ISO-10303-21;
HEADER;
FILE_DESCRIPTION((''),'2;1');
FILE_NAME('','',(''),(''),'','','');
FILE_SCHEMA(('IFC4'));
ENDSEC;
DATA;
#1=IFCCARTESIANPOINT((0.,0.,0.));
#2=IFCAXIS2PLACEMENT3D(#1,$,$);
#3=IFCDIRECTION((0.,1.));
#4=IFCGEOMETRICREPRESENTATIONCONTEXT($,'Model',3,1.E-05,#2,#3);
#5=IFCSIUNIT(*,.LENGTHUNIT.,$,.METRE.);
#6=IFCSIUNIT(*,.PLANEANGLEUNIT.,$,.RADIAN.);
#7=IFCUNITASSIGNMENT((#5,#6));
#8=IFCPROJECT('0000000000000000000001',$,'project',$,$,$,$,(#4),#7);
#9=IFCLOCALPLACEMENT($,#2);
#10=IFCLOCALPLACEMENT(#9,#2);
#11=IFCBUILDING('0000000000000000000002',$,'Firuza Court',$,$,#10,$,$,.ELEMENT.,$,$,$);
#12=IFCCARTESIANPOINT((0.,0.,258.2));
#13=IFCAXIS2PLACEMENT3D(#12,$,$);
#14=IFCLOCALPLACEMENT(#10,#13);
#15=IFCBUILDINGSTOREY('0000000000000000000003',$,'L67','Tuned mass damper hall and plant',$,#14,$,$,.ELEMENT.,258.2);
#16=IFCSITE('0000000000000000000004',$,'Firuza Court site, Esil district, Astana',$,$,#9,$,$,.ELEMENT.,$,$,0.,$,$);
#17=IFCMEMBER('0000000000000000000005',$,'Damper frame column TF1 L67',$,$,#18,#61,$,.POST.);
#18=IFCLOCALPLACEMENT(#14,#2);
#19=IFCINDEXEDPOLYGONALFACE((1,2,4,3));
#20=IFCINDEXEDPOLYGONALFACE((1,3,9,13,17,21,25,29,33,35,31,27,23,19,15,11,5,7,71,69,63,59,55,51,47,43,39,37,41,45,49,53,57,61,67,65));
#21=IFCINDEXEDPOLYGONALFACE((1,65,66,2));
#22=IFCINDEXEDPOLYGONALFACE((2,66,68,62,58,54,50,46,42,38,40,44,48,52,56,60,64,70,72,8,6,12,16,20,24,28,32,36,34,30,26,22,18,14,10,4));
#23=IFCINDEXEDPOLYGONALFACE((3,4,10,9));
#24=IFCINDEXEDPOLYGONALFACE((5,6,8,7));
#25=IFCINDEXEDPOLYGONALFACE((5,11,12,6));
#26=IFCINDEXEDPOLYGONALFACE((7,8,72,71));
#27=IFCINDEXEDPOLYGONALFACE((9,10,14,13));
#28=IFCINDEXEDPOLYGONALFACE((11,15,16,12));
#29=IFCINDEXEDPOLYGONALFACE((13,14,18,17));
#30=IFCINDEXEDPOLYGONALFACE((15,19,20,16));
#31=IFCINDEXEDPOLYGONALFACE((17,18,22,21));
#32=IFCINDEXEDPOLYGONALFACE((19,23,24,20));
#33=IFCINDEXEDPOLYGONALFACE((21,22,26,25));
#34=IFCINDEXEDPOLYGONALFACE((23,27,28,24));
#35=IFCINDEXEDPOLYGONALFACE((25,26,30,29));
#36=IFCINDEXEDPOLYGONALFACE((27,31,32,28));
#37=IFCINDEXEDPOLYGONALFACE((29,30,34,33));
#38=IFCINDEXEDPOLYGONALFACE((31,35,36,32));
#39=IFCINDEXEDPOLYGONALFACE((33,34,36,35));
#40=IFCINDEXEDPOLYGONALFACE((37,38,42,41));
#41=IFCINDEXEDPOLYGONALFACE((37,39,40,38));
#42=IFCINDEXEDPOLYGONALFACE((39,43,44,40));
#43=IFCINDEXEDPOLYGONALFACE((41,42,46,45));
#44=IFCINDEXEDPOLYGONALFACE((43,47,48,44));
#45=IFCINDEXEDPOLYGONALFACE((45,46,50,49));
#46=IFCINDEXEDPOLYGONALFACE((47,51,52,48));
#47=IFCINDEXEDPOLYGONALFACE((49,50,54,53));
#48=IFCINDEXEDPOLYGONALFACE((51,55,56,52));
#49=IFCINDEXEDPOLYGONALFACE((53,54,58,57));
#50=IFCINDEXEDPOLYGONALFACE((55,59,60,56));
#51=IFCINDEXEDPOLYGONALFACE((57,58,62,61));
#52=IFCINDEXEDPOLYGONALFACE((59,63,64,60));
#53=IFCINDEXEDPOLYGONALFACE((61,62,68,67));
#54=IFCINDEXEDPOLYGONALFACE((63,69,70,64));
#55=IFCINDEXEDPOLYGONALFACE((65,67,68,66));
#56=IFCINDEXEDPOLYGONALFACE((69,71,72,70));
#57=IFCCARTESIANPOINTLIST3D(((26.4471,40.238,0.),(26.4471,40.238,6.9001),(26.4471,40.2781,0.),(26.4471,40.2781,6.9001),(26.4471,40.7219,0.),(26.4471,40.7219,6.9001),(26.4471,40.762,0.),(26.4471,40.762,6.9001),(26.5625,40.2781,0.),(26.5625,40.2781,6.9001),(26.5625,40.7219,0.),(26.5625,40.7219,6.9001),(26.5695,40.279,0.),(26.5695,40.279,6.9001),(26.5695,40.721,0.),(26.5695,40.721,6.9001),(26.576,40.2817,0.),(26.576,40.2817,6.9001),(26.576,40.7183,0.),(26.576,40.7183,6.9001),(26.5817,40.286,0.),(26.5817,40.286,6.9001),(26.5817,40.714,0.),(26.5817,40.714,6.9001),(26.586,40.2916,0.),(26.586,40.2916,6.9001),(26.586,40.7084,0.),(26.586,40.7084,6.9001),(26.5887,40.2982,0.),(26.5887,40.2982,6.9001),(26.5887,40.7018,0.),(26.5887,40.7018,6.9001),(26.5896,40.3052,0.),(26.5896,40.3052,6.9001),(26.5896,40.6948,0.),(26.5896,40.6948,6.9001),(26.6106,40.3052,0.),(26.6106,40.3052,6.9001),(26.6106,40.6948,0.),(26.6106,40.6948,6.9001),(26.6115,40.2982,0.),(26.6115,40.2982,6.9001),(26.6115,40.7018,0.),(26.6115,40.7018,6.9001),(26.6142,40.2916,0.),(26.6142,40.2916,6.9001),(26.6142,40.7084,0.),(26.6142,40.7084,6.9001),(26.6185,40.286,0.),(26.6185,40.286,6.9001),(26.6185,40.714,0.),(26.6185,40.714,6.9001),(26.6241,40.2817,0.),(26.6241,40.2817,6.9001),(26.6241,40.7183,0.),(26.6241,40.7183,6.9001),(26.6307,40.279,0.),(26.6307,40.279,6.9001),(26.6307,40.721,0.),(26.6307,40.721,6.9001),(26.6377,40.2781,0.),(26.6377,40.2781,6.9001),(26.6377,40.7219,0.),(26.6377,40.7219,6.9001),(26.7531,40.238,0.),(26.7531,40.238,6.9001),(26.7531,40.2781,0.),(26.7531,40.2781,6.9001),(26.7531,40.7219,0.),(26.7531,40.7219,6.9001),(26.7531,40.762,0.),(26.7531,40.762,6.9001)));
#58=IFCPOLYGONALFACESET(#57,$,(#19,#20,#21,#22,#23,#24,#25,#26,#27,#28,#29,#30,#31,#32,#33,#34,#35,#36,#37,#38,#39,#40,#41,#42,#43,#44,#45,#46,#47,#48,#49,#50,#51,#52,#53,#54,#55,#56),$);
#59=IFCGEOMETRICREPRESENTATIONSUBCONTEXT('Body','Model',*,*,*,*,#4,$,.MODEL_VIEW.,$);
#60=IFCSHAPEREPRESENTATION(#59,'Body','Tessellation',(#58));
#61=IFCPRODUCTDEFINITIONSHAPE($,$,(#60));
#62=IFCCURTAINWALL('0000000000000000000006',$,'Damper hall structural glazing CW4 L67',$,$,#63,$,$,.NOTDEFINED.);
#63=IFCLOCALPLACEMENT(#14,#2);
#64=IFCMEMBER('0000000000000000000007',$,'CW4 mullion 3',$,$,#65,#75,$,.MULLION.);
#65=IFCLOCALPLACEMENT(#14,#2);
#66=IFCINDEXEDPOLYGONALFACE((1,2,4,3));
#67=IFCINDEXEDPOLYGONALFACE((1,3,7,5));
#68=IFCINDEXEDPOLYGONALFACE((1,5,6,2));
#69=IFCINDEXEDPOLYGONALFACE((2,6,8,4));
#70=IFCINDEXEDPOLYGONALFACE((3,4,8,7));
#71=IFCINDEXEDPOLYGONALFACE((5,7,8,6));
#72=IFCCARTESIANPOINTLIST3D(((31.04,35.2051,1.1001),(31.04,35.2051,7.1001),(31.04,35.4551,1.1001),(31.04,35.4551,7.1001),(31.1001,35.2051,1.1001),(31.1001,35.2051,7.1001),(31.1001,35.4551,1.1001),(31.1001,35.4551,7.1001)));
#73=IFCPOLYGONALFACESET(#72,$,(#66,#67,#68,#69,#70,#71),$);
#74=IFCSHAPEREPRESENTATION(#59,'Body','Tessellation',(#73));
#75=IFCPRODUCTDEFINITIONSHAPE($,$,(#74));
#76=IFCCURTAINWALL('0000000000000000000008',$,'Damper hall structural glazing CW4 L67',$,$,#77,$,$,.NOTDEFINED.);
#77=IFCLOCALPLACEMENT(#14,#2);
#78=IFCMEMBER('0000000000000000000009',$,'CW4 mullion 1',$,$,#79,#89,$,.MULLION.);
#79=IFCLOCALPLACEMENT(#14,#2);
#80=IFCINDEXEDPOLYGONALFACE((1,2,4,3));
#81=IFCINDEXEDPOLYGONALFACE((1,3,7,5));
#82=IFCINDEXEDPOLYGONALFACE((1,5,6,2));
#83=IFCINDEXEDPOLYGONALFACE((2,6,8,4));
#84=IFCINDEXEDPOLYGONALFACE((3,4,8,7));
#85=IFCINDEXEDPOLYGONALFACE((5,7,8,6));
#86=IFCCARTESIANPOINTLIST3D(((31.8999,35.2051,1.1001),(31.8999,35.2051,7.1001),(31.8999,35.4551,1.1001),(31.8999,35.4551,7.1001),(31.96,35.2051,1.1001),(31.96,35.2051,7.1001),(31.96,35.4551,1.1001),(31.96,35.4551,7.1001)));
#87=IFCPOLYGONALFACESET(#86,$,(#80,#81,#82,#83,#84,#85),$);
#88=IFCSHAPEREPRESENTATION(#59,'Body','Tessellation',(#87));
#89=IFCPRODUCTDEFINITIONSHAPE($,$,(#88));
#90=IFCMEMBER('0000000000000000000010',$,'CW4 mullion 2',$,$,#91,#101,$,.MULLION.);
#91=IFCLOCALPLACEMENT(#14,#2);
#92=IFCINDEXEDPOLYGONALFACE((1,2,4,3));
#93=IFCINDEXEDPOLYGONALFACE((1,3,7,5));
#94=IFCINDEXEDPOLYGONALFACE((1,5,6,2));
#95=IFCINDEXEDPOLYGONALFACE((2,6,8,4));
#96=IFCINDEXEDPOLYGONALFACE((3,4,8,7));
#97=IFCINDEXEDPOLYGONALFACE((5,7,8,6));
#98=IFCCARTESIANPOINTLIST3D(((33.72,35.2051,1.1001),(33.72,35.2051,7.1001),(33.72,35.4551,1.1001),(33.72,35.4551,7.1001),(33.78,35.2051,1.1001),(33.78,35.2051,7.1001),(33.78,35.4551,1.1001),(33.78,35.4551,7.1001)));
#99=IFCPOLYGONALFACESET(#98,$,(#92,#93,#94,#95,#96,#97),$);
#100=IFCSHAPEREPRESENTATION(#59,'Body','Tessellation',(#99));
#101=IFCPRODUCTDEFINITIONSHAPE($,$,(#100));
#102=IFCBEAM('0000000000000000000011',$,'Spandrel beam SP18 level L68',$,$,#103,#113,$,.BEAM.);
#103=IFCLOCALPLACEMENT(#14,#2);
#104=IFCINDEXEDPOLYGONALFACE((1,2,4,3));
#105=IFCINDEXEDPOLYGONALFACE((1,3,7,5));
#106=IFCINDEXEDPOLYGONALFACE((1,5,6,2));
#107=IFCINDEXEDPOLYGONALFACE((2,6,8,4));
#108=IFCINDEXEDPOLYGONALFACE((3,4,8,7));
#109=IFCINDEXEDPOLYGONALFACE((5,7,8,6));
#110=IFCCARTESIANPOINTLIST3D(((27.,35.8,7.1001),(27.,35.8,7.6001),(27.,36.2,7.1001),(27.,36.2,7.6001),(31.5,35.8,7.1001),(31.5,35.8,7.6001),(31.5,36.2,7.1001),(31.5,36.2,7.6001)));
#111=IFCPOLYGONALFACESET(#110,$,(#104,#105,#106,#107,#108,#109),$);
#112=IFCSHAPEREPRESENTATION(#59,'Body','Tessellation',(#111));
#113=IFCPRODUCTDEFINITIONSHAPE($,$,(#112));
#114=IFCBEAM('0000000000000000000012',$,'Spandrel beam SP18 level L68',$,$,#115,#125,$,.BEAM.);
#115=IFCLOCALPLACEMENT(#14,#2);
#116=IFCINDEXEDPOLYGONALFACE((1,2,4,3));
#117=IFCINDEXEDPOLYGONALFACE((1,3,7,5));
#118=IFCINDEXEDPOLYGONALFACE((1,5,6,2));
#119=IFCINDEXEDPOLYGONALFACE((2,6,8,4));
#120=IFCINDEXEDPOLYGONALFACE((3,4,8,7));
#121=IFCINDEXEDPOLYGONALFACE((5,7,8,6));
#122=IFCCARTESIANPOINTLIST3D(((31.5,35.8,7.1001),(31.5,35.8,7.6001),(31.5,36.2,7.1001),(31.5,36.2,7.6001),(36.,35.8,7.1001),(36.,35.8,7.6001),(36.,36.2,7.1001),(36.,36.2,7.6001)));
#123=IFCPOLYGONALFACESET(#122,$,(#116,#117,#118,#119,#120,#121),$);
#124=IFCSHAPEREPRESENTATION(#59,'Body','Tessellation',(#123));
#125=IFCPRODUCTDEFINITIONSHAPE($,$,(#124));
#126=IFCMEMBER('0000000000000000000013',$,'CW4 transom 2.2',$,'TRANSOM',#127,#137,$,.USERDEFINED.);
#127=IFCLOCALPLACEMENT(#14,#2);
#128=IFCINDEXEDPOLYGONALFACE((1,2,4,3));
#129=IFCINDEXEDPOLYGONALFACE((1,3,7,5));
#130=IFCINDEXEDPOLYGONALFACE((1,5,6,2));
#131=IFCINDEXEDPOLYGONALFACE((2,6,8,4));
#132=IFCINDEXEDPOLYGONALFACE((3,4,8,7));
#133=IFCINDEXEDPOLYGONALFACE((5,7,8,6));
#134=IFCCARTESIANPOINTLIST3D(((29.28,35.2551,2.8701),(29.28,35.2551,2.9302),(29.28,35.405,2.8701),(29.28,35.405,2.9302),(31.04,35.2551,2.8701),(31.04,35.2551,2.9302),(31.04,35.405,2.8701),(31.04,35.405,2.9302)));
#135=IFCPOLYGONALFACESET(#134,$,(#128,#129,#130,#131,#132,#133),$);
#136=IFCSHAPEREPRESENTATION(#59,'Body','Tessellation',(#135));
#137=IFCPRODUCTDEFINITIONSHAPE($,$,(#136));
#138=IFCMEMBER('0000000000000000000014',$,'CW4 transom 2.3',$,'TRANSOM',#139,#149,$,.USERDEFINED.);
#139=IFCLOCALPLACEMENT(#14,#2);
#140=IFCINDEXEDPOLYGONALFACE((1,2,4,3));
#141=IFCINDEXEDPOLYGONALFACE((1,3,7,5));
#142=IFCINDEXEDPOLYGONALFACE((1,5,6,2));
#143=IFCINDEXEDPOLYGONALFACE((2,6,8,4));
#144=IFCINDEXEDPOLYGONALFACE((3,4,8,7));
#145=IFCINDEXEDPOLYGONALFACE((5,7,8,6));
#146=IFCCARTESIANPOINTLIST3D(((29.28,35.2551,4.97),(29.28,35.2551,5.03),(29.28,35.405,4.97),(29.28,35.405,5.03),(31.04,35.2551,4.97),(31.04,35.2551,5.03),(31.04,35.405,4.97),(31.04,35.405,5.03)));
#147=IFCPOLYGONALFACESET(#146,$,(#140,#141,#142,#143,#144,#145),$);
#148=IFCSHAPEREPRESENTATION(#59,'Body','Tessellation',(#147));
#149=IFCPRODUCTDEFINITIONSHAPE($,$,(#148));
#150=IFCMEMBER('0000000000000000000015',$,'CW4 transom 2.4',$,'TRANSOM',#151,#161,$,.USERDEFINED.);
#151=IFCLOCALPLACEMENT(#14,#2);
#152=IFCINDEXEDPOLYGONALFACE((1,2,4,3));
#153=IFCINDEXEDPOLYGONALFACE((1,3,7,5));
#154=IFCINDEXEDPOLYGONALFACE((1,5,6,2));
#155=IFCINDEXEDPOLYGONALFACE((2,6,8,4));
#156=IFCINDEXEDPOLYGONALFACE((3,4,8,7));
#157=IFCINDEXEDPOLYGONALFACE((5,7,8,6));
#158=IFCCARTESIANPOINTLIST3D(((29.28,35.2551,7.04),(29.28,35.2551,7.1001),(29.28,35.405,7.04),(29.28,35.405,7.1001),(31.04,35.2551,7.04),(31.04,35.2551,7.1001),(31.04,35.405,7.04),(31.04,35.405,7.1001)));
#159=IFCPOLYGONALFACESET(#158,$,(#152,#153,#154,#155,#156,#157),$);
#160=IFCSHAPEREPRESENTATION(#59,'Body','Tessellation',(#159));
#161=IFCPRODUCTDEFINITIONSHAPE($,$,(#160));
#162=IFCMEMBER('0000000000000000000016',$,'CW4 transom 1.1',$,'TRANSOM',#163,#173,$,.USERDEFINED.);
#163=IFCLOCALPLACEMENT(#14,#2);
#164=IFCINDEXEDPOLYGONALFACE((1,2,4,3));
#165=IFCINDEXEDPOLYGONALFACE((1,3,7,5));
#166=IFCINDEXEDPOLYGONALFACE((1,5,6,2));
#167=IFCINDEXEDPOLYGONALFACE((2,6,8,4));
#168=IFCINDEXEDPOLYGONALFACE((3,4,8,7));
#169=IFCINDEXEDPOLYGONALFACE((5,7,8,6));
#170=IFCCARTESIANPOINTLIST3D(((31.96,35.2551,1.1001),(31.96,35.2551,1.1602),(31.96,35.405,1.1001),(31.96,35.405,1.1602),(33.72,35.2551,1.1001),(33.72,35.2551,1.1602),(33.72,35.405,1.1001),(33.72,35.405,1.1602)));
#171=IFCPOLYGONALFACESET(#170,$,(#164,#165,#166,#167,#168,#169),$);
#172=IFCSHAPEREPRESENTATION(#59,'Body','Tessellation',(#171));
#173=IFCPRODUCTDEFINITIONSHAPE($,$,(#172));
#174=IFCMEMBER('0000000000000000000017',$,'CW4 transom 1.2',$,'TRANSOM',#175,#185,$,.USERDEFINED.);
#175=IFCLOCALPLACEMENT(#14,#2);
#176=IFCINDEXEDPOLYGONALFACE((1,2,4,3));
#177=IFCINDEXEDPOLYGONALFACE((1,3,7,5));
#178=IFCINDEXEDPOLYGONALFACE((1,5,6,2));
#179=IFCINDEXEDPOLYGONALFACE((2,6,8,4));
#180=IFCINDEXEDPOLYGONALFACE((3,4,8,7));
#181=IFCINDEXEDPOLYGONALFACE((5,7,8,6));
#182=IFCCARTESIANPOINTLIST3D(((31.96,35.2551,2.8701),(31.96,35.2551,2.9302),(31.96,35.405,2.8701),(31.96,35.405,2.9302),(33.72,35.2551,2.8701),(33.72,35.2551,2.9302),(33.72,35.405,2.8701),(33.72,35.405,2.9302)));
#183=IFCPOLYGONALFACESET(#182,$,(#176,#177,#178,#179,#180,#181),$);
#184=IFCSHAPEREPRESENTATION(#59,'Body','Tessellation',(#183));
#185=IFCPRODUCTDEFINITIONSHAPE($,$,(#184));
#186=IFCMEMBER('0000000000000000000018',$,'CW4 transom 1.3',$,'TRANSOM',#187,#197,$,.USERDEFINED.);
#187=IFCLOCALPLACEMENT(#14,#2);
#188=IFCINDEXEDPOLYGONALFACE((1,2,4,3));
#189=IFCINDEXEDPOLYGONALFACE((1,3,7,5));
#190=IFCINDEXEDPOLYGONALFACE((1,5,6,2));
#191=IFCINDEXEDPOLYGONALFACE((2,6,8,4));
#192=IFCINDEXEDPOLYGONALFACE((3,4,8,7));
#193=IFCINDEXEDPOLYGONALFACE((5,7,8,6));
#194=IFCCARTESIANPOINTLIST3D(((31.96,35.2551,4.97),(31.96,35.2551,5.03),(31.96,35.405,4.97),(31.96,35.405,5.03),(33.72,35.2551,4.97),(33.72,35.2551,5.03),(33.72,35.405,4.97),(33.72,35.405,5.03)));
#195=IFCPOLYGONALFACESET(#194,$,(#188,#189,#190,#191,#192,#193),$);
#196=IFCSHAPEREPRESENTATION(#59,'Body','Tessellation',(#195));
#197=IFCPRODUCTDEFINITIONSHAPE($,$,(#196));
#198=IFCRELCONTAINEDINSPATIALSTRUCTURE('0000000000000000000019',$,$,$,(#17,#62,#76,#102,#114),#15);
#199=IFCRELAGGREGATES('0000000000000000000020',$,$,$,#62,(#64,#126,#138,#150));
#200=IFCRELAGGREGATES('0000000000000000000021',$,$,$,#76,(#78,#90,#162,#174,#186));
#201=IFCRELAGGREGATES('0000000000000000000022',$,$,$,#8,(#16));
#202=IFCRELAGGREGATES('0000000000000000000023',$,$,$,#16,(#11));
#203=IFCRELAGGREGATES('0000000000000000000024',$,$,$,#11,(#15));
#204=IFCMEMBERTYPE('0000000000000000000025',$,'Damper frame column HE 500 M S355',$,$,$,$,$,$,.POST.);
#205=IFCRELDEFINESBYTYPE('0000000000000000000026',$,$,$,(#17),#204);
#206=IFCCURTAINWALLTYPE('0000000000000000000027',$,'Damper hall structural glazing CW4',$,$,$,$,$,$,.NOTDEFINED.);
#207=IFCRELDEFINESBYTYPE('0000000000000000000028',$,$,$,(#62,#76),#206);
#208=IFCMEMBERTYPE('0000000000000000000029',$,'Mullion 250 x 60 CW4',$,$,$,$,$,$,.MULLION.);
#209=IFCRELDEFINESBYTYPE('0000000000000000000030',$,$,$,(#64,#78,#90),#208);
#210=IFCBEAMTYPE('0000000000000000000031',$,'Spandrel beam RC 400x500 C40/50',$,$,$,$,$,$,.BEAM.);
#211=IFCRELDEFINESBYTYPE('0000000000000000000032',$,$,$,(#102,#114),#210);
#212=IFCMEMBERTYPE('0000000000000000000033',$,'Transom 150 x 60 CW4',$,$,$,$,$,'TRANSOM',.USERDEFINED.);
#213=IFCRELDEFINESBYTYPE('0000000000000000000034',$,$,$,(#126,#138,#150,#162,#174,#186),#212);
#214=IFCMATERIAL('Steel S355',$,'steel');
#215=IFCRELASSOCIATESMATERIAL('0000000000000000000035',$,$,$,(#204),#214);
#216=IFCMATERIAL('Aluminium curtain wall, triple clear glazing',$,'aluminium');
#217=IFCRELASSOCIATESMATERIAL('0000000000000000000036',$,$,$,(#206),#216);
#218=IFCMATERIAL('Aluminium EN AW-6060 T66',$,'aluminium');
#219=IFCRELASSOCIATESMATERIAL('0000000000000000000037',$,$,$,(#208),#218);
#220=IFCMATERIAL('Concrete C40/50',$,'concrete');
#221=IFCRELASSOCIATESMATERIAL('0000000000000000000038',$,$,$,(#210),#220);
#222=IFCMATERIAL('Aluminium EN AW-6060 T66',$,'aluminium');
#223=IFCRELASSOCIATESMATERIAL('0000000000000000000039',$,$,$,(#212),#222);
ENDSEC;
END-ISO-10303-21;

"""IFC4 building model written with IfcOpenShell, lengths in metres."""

from ifc_helpers import new_model, si_unit, direction, frame, origin, origin_2d, place, context, subcontext, project, spatial, rectangle, i_section, extrude, material, material_profile, profile_set, type_object, element, aggregate, save


model = new_model("IFC4")

# Units and contexts
model_context = context("Model", 3, precision=1e-05, world=origin(), true_north=direction((0.0, 1.0)))
body_context = subcontext(model_context, "Body", "Model", "MODEL_VIEW")
ifc_project = project(units=[si_unit("LENGTHUNIT", "METRE"), si_unit("PLANEANGLEUNIT", "RADIAN")], contexts=[model_context])

# Site, building, storey
site_placement = place(None, origin())
site = spatial("IfcSite", under=ifc_project, at=site_placement, Name="Firuza Court site, Esil district, Astana", CompositionType="ELEMENT", RefElevation=0.0)
building_placement = place(site_placement, origin())
building = spatial("IfcBuilding", under=site, at=building_placement, Name="Firuza Court", CompositionType="ELEMENT")
storey_placement = place(building_placement, frame((0.0, 0.0, 258.2)))
storey = spatial("IfcBuildingStorey", under=building, at=storey_placement, Name="L67", Description="Tuned mass damper hall and plant", CompositionType="ELEMENT", Elevation=258.2)

# Member
ifc_material_1 = material(Name="Steel S355", Category="steel")
ifc_material_profile_1 = material_profile(ifc_material_1, i_section(OverallWidth=0.3059, OverallDepth=0.5239, WebThickness=0.021, FlangeThickness=0.04, FilletRadius=0.0271, at=origin_2d()), Name="HE 500 M")
ifc_profile_set_1 = profile_set([ifc_material_profile_1], Name="Steel S355")
member_type_1 = type_object("IfcMemberType", Name="Damper frame column HE 500 M S355", PredefinedType="POST", material=ifc_profile_set_1)
member_1_placement = place(storey_placement, frame((26.6001, 40.5, 0.0), z_axis=(0.0, 0.0, 1.0), x_axis=(1.0, 0.0, 0.0)))
element("IfcMember", 1, at=member_1_placement, inside=storey, type_object=member_type_1, Name="Damper frame column TF1 L67", PredefinedType="POST", context=body_context, shape_type="SweptSolid", body=[
    extrude(i_section(OverallWidth=0.3059, OverallDepth=0.5239, WebThickness=0.021, FlangeThickness=0.04, FilletRadius=0.0271, at=origin_2d()), origin(), (0.0, 0.0, 1.0), 6.9001),
])

# Curtain wall, member
ifc_material_2 = material(Name="Aluminium curtain wall, triple clear glazing", Category="aluminium")
curtain_wall_type = type_object("IfcCurtainWallType", Name="Damper hall structural glazing CW4", PredefinedType="NOTDEFINED", material=ifc_material_2)
curtain_wall_1_placement = place(storey_placement, origin())
curtain_wall_1 = element("IfcCurtainWall", 2, at=curtain_wall_1_placement, inside=storey, type_object=curtain_wall_type, Name="Damper hall structural glazing CW4 L67", PredefinedType="NOTDEFINED")
ifc_material_3 = material(Name="Aluminium EN AW-6060 T66", Category="aluminium")
ifc_material_profile_2 = material_profile(ifc_material_3, rectangle(XDim=0.25, YDim=0.0601, at=origin_2d()), Name="Mullion 250 x 60 CW4")
ifc_profile_set_2 = profile_set([ifc_material_profile_2], Name="Aluminium EN AW-6060 T66")
member_type_2 = type_object("IfcMemberType", Name="Mullion 250 x 60 CW4", PredefinedType="MULLION", material=ifc_profile_set_2)
member_2_placement = place(storey_placement, frame((31.0701, 35.3301, 1.1001), z_axis=(0.0, 0.0, 1.0), x_axis=(0.0, 1.0, 0.0)))
member_2 = element("IfcMember", 3, at=member_2_placement, type_object=member_type_2, Name="CW4 mullion 3", PredefinedType="MULLION", context=body_context, shape_type="SweptSolid", body=[
    extrude(rectangle(XDim=0.25, YDim=0.0601, at=origin_2d()), origin(), (0.0, 0.0, 1.0), 6.0),
])

# Curtain wall, members
curtain_wall_2_placement = place(storey_placement, origin())
curtain_wall_2 = element("IfcCurtainWall", 4, at=curtain_wall_2_placement, inside=storey, type_object=curtain_wall_type, Name="Damper hall structural glazing CW4 L67", PredefinedType="NOTDEFINED")
member_3_placement = place(storey_placement, frame((31.9299, 35.3301, 1.1001), z_axis=(0.0, 0.0, 1.0), x_axis=(0.0, 1.0, 0.0)))
member_3 = element("IfcMember", 5, at=member_3_placement, type_object=member_type_2, Name="CW4 mullion 1", PredefinedType="MULLION", context=body_context, shape_type="SweptSolid", body=[
    extrude(rectangle(XDim=0.25, YDim=0.0601, at=origin_2d()), origin(), (0.0, 0.0, 1.0), 6.0),
])
member_4_placement = place(storey_placement, frame((33.75, 35.3301, 1.1001), z_axis=(0.0, 0.0, 1.0), x_axis=(0.0, 1.0, 0.0)))
member_4 = element("IfcMember", 6, at=member_4_placement, type_object=member_type_2, Name="CW4 mullion 2", PredefinedType="MULLION", context=body_context, shape_type="SweptSolid", body=[
    extrude(rectangle(XDim=0.25, YDim=0.0601, at=origin_2d()), origin(), (0.0, 0.0, 1.0), 6.0),
])

# Beams
ifc_material_4 = material(Name="Concrete C40/50", Category="concrete")
ifc_material_profile_3 = material_profile(ifc_material_4, rectangle(XDim=0.3999, YDim=0.5, at=origin_2d()), Name="RC 400x500")
ifc_profile_set_3 = profile_set([ifc_material_profile_3], Name="Concrete C40/50")
beam_type = type_object("IfcBeamType", Name="Spandrel beam RC 400x500 C40/50", PredefinedType="BEAM", material=ifc_profile_set_3)
for number, where, z_axis, x_axis, name in (
    (7, (27.0, 36.0, 7.3501), (1.0, 0.0, 0.0), (0.0, 1.0, 0.0), "Spandrel beam SP18 level L68"),
    (8, (31.5, 36.0, 7.3501), (1.0, 0.0, 0.0), (0.0, 1.0, 0.0), "Spandrel beam SP18 level L68"),
):
    element("IfcBeam", number, at=place(storey_placement, frame(where, z_axis=z_axis, x_axis=x_axis)), inside=storey, type_object=beam_type, Name=name, PredefinedType="BEAM", context=body_context, shape_type="SweptSolid", body=[
        extrude(rectangle(XDim=0.3999, YDim=0.5, at=origin_2d()), origin(), (0.0, 0.0, 1.0), 4.5),
    ])

# Members
ifc_material_5 = material(Name="Aluminium EN AW-6060 T66", Category="aluminium")
ifc_material_profile_4 = material_profile(ifc_material_5, rectangle(XDim=0.1499, YDim=0.0601, at=origin_2d()), Name="Transom 150 x 60 CW4")
ifc_profile_set_4 = profile_set([ifc_material_profile_4], Name="Aluminium EN AW-6060 T66")
member_type_3 = type_object("IfcMemberType", Name="Transom 150 x 60 CW4", ElementType="TRANSOM", PredefinedType="USERDEFINED", material=ifc_profile_set_4)
member_5_placement = place(storey_placement, frame((29.28, 35.3301, 2.9001), z_axis=(1.0, 0.0, 0.0), x_axis=(0.0, 1.0, 0.0)))
member_5 = element("IfcMember", 9, at=member_5_placement, type_object=member_type_3, Name="CW4 transom 2.2", ObjectType="TRANSOM", PredefinedType="USERDEFINED", context=body_context, shape_type="SweptSolid", body=[
    extrude(rectangle(XDim=0.1499, YDim=0.0601, at=origin_2d()), origin(), (0.0, 0.0, 1.0), 1.76),
])
member_6_placement = place(storey_placement, frame((29.28, 35.3301, 5.0), z_axis=(1.0, 0.0, 0.0), x_axis=(0.0, 1.0, 0.0)))
member_6 = element("IfcMember", 10, at=member_6_placement, type_object=member_type_3, Name="CW4 transom 2.3", ObjectType="TRANSOM", PredefinedType="USERDEFINED", context=body_context, shape_type="SweptSolid", body=[
    extrude(rectangle(XDim=0.1499, YDim=0.0601, at=origin_2d()), origin(), (0.0, 0.0, 1.0), 1.76),
])
member_7_placement = place(storey_placement, frame((29.28, 35.3301, 7.0701), z_axis=(1.0, 0.0, 0.0), x_axis=(0.0, 1.0, 0.0)))
member_7 = element("IfcMember", 11, at=member_7_placement, type_object=member_type_3, Name="CW4 transom 2.4", ObjectType="TRANSOM", PredefinedType="USERDEFINED", context=body_context, shape_type="SweptSolid", body=[
    extrude(rectangle(XDim=0.1499, YDim=0.0601, at=origin_2d()), origin(), (0.0, 0.0, 1.0), 1.76),
])
member_8_placement = place(storey_placement, frame((31.96, 35.3301, 1.1301), z_axis=(1.0, 0.0, 0.0), x_axis=(0.0, 1.0, 0.0)))
member_8 = element("IfcMember", 12, at=member_8_placement, type_object=member_type_3, Name="CW4 transom 1.1", ObjectType="TRANSOM", PredefinedType="USERDEFINED", context=body_context, shape_type="SweptSolid", body=[
    extrude(rectangle(XDim=0.1499, YDim=0.0601, at=origin_2d()), origin(), (0.0, 0.0, 1.0), 1.76),
])
member_9_placement = place(storey_placement, frame((31.96, 35.3301, 2.9001), z_axis=(1.0, 0.0, 0.0), x_axis=(0.0, 1.0, 0.0)))
member_9 = element("IfcMember", 13, at=member_9_placement, type_object=member_type_3, Name="CW4 transom 1.2", ObjectType="TRANSOM", PredefinedType="USERDEFINED", context=body_context, shape_type="SweptSolid", body=[
    extrude(rectangle(XDim=0.1499, YDim=0.0601, at=origin_2d()), origin(), (0.0, 0.0, 1.0), 1.76),
])
member_10_placement = place(storey_placement, frame((31.96, 35.3301, 5.0), z_axis=(1.0, 0.0, 0.0), x_axis=(0.0, 1.0, 0.0)))
member_10 = element("IfcMember", 14, at=member_10_placement, type_object=member_type_3, Name="CW4 transom 1.3", ObjectType="TRANSOM", PredefinedType="USERDEFINED", context=body_context, shape_type="SweptSolid", body=[
    extrude(rectangle(XDim=0.1499, YDim=0.0601, at=origin_2d()), origin(), (0.0, 0.0, 1.0), 1.76),
])

aggregate(curtain_wall_1, [member_2, member_5, member_6, member_7])
aggregate(curtain_wall_2, [member_3, member_4, member_8, member_9, member_10])

save(model, "model.ifc")
